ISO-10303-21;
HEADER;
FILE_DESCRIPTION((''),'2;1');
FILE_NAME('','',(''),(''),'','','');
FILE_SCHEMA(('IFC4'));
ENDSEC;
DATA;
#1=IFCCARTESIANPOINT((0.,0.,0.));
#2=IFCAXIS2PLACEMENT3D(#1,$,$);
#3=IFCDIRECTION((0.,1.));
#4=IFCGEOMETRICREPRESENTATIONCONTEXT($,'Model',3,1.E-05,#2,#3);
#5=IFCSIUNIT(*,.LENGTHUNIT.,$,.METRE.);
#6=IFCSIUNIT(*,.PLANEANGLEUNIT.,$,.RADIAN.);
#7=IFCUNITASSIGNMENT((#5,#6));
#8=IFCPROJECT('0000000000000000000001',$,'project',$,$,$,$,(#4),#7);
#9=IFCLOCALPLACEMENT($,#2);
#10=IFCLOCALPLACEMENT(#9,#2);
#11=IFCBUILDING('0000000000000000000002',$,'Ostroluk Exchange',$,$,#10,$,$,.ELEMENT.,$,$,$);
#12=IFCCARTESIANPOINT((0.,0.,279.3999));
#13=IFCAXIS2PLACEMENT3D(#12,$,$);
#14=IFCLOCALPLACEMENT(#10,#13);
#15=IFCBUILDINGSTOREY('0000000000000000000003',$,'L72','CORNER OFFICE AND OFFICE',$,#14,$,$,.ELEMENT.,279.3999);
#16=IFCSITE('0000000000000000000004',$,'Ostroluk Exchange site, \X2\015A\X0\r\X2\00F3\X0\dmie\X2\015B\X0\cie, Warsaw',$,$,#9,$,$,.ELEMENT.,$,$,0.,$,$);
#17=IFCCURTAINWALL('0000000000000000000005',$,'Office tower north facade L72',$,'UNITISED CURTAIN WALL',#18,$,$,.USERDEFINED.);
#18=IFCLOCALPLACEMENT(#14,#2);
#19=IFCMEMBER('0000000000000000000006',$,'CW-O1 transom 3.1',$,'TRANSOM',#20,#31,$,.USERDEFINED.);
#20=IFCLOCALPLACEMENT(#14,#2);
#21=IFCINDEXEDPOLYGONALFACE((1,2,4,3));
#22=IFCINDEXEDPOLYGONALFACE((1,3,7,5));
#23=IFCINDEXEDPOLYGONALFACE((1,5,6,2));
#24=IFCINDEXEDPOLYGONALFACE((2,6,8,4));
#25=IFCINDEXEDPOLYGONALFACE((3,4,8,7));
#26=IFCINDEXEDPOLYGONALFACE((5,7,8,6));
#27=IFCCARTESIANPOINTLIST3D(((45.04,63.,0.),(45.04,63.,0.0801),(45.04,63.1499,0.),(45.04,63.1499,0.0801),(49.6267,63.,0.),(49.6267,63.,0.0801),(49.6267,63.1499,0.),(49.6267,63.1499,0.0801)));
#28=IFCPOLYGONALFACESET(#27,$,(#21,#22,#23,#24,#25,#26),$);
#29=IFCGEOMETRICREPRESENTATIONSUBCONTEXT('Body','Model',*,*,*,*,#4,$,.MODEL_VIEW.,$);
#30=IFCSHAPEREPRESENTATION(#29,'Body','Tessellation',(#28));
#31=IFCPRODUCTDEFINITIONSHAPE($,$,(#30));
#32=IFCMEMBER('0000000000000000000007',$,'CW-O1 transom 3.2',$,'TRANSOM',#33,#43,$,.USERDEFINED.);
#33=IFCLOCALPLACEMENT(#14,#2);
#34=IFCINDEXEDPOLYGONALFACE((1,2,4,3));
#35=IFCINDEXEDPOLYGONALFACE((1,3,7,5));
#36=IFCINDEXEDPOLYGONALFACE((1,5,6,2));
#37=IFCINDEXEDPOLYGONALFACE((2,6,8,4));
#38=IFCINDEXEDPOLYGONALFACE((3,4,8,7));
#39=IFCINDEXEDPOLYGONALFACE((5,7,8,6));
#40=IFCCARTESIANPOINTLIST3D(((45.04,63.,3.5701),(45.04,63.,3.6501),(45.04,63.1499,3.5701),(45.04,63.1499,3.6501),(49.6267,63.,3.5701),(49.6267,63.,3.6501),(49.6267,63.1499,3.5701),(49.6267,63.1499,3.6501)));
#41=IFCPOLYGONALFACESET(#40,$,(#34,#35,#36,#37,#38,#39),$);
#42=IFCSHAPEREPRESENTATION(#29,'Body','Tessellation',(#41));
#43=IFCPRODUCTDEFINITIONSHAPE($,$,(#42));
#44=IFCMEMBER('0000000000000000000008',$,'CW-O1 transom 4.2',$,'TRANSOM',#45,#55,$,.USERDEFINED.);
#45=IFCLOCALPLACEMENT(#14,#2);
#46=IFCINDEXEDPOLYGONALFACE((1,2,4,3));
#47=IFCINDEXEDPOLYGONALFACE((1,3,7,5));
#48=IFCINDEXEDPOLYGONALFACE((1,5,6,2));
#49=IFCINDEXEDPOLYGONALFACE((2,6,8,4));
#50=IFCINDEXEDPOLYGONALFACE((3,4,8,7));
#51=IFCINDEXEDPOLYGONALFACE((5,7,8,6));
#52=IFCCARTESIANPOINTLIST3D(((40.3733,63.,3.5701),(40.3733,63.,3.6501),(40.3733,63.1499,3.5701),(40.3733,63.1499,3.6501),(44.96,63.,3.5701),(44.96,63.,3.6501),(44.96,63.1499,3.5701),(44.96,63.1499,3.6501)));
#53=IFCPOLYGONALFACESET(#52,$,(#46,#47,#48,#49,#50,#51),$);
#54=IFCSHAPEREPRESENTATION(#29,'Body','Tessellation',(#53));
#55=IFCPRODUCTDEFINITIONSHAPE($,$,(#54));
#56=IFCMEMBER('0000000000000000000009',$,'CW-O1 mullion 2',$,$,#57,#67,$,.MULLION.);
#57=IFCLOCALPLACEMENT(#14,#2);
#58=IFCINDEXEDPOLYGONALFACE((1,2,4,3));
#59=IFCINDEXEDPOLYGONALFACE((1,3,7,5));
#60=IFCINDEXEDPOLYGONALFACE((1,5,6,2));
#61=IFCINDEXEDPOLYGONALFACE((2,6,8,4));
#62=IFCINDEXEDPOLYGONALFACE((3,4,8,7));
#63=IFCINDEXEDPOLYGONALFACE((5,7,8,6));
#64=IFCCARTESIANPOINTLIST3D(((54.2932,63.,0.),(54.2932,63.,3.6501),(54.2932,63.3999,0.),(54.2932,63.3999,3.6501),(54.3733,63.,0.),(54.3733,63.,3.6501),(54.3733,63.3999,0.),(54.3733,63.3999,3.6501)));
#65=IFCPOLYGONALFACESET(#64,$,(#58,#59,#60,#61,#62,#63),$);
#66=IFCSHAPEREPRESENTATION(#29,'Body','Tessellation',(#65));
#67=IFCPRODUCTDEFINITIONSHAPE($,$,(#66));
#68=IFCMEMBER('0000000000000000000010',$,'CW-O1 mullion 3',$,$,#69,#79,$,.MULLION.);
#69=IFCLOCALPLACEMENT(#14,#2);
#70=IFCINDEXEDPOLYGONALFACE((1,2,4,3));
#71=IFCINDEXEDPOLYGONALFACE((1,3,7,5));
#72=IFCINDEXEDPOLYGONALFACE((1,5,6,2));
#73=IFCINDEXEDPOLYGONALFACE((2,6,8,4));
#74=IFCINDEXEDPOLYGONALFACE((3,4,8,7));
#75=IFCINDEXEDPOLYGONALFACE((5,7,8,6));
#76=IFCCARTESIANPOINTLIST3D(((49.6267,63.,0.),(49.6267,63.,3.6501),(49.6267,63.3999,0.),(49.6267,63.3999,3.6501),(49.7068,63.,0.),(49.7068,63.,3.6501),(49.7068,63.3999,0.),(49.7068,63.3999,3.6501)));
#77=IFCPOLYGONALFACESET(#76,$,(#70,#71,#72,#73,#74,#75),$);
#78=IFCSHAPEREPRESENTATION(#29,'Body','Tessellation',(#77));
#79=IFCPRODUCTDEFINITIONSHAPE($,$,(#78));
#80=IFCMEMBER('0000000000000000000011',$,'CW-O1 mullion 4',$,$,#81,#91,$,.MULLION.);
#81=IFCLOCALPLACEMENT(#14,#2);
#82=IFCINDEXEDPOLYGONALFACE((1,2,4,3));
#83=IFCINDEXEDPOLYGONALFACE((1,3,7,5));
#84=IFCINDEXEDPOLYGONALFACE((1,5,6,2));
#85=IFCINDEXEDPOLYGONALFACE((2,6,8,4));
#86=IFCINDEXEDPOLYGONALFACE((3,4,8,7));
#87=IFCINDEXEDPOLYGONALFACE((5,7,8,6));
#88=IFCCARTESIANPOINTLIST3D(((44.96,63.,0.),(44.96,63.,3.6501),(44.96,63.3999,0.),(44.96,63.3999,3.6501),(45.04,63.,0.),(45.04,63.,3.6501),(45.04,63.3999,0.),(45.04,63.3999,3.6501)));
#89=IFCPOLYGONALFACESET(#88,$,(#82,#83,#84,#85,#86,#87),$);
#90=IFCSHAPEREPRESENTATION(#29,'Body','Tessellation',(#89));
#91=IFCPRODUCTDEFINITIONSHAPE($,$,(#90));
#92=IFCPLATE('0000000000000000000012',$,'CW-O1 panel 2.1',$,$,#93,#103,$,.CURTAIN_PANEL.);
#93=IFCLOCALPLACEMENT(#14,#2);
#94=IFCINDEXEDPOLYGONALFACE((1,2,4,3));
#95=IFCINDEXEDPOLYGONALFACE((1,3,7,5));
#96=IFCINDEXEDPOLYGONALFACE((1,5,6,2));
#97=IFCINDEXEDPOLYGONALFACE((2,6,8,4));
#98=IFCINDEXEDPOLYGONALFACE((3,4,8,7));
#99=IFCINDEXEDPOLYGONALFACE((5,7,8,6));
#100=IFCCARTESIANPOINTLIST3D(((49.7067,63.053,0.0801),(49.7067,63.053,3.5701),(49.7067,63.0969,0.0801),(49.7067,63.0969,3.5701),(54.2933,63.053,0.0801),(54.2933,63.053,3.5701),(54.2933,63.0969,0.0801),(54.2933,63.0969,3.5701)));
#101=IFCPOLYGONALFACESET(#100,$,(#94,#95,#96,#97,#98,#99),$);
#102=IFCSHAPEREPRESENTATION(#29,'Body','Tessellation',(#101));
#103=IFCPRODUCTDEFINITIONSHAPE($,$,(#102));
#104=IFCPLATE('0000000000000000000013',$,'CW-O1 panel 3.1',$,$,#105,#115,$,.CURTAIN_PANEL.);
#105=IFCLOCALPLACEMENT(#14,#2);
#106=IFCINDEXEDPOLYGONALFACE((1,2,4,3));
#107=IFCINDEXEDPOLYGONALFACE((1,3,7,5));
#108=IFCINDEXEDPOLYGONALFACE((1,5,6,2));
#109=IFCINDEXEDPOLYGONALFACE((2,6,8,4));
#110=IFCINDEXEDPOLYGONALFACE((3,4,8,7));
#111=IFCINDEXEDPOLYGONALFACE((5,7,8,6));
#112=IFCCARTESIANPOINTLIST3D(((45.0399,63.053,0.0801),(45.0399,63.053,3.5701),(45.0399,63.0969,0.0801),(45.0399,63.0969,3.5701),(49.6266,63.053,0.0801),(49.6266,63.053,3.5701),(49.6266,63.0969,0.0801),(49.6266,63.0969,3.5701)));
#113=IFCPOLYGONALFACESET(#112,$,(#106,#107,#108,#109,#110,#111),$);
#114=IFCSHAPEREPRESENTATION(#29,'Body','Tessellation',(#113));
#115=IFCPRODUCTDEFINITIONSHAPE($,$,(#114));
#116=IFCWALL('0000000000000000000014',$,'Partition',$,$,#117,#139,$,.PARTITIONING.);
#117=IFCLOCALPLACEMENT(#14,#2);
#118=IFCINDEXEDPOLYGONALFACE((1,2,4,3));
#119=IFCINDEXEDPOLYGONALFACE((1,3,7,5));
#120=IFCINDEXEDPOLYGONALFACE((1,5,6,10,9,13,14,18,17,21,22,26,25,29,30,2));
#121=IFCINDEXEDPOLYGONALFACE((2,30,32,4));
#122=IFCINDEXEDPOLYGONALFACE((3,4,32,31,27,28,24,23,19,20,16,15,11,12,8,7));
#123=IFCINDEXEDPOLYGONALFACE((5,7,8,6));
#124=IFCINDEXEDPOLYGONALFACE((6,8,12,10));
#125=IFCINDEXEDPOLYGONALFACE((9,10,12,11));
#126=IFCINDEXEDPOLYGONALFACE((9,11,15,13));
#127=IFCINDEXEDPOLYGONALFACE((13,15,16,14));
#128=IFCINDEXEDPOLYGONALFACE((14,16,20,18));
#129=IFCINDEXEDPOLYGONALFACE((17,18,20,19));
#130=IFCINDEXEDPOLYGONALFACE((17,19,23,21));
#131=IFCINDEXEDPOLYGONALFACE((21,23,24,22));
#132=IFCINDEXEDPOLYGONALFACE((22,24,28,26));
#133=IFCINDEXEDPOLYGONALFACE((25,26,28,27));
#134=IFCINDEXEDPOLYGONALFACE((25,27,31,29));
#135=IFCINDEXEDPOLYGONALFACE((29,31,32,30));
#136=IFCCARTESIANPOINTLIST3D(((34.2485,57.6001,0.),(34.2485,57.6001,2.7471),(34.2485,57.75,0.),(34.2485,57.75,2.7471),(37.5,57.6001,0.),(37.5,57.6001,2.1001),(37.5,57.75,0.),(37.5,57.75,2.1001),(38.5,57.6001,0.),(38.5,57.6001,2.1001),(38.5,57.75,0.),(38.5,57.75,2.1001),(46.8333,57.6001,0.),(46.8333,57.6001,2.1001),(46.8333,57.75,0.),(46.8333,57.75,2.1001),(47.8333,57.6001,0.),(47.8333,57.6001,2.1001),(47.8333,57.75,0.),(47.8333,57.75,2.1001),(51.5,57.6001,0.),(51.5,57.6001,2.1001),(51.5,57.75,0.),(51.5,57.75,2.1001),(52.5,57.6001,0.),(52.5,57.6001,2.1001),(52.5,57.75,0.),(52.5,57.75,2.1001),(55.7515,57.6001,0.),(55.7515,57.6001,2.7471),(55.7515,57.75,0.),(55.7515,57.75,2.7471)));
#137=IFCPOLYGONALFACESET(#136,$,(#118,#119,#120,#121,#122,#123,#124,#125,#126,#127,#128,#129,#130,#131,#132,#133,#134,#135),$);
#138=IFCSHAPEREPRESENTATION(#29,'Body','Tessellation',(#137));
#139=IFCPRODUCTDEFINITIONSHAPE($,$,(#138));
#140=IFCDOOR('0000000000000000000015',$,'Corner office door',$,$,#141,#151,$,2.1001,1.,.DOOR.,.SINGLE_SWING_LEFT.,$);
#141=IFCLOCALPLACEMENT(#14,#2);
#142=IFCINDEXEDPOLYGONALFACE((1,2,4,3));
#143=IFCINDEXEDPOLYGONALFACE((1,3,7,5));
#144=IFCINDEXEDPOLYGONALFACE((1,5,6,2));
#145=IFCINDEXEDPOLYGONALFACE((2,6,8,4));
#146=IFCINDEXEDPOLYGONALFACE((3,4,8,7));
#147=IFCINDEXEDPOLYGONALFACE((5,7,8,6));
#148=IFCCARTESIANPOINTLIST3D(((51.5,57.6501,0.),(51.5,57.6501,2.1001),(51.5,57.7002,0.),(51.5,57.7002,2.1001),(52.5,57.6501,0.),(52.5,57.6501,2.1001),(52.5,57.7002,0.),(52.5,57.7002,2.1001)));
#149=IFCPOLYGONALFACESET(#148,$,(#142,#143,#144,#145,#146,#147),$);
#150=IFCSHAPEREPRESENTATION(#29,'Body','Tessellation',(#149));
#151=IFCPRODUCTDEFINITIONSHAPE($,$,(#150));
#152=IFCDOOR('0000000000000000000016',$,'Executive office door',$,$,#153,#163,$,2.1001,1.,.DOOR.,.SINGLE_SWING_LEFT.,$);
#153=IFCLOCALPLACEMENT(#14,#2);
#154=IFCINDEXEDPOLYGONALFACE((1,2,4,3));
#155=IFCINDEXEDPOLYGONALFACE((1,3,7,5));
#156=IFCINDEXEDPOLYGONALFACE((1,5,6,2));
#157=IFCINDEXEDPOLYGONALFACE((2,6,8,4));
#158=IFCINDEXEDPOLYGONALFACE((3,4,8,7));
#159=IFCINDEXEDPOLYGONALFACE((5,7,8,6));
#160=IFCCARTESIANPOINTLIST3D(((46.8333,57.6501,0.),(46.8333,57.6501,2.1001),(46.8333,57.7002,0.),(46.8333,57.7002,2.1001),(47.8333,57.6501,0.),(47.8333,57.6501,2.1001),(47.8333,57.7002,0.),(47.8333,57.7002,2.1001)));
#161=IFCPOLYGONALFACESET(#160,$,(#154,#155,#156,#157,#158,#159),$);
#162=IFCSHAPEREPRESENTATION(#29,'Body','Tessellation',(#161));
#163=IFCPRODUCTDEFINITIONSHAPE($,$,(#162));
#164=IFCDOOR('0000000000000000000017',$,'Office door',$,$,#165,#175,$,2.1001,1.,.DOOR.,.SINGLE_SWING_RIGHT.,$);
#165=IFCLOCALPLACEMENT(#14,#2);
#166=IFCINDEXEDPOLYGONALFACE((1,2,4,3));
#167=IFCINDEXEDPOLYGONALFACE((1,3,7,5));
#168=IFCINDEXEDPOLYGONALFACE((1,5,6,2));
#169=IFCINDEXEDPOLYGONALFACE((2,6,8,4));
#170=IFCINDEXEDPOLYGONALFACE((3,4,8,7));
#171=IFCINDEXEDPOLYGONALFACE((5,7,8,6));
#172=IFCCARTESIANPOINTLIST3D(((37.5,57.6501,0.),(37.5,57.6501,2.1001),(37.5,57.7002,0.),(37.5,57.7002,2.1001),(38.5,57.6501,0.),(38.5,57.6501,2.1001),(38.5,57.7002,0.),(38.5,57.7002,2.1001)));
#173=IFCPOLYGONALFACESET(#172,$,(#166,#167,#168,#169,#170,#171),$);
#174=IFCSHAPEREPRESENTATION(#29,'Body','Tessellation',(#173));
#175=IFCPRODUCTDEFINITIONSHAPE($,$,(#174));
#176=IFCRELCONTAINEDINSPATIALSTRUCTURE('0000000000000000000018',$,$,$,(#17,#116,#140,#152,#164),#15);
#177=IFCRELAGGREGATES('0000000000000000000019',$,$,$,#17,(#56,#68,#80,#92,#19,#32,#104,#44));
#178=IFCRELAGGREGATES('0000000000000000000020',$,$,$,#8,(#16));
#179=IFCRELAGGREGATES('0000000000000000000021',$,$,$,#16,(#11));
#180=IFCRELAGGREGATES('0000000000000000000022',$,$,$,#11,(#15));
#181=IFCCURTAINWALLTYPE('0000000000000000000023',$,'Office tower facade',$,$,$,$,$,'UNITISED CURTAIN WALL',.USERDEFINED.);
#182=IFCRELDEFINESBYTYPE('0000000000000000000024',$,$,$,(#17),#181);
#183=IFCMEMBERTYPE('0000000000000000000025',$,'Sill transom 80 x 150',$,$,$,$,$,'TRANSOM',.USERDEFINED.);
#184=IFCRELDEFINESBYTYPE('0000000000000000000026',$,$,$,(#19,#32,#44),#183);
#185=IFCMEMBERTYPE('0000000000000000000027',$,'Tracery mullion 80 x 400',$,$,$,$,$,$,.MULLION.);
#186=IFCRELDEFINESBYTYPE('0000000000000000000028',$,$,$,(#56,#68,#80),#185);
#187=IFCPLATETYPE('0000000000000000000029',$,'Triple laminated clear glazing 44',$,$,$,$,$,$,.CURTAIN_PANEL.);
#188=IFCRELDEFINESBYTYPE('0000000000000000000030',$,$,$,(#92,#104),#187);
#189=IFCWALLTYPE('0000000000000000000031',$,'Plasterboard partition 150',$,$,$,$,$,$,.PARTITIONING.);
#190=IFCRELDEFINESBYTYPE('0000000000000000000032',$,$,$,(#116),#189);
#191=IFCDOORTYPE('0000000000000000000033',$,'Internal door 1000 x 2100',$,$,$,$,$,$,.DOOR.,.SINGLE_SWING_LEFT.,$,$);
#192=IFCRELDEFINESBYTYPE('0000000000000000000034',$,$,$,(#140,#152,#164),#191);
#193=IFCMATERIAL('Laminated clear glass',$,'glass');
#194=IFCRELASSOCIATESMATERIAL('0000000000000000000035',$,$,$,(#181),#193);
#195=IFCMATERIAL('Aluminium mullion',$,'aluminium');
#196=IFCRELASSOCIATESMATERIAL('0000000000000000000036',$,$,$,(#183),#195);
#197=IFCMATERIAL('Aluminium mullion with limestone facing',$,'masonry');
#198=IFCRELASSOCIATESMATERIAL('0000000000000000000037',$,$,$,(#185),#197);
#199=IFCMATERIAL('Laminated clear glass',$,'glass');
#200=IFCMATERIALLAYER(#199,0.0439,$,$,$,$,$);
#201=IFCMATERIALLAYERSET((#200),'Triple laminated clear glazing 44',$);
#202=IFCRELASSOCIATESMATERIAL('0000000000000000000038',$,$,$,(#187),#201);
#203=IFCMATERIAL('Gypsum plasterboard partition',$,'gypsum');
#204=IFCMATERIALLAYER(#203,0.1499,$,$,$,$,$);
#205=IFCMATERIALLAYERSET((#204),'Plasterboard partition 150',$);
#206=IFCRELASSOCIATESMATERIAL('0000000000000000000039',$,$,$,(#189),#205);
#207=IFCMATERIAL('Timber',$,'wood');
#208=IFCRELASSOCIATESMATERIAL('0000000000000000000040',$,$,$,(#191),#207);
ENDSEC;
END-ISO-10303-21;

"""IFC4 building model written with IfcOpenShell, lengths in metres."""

from ifc_helpers import new_model, si_unit, direction, frame, frame_2d, origin, origin_2d, place, context, subcontext, project, spatial, rectangle, extrude, material, layer, layer_set, material_profile, profile_set, type_object, element, fill, aggregate, save


model = new_model("IFC4")

# Units and contexts
model_context = context("Model", 3, precision=1e-05, world=origin(), true_north=direction((0.0, 1.0)))
body_context = subcontext(model_context, "Body", "Model", "MODEL_VIEW")
ifc_project = project(units=[si_unit("LENGTHUNIT", "METRE"), si_unit("PLANEANGLEUNIT", "RADIAN")], contexts=[model_context])

# Site, building, storey
site_placement = place(None, origin())
site = spatial("IfcSite", under=ifc_project, at=site_placement, Name="Ostroluk Exchange site, Śródmieście, Warsaw", CompositionType="ELEMENT", RefElevation=0.0)
building_placement = place(site_placement, origin())
building = spatial("IfcBuilding", under=site, at=building_placement, Name="Ostroluk Exchange", CompositionType="ELEMENT")
storey_placement = place(building_placement, frame((0.0, 0.0, 279.3999)))
storey = spatial("IfcBuildingStorey", under=building, at=storey_placement, Name="L72", Description="CORNER OFFICE AND OFFICE", CompositionType="ELEMENT", Elevation=279.3999)

# Curtain wall, members, plates
ifc_material_1 = material(Name="Laminated clear glass", Category="glass")
curtain_wall_type = type_object("IfcCurtainWallType", Name="Office tower facade", ElementType="UNITISED CURTAIN WALL", PredefinedType="USERDEFINED", material=ifc_material_1)
curtain_wall_placement = place(storey_placement, origin())
curtain_wall = element("IfcCurtainWall", 1, at=curtain_wall_placement, inside=storey, type_object=curtain_wall_type, Name="Office tower north facade L72", ObjectType="UNITISED CURTAIN WALL", PredefinedType="USERDEFINED")
ifc_material_2 = material(Name="Aluminium mullion", Category="aluminium")
ifc_material_profile_1 = material_profile(ifc_material_2, rectangle(XDim=0.1499, YDim=0.0801, at=origin_2d()), Name="Sill transom 80 x 150")
ifc_profile_set_1 = profile_set([ifc_material_profile_1], Name="Aluminium mullion")
member_type_1 = type_object("IfcMemberType", Name="Sill transom 80 x 150", ElementType="TRANSOM", PredefinedType="USERDEFINED", material=ifc_profile_set_1)
member_1_placement = place(storey_placement, frame((49.6267, 63.075, 0.04), z_axis=(-1.0, 0.0, 0.0), x_axis=(0.0, -1.0, 0.0)))
member_1 = element("IfcMember", 2, at=member_1_placement, type_object=member_type_1, Name="CW-O1 transom 3.1", ObjectType="TRANSOM", PredefinedType="USERDEFINED", context=body_context, shape_type="SweptSolid", body=[
    extrude(rectangle(XDim=0.1499, YDim=0.0801, at=origin_2d()), origin(), (0.0, 0.0, 1.0), 4.5867),
])
member_2_placement = place(storey_placement, frame((49.6267, 63.075, 3.6101), z_axis=(-1.0, 0.0, 0.0), x_axis=(0.0, -1.0, 0.0)))
member_2 = element("IfcMember", 3, at=member_2_placement, type_object=member_type_1, Name="CW-O1 transom 3.2", ObjectType="TRANSOM", PredefinedType="USERDEFINED", context=body_context, shape_type="SweptSolid", body=[
    extrude(rectangle(XDim=0.1499, YDim=0.0801, at=origin_2d()), origin(), (0.0, 0.0, 1.0), 4.5867),
])
member_3_placement = place(storey_placement, frame((44.96, 63.075, 3.6101), z_axis=(-1.0, 0.0, 0.0), x_axis=(0.0, -1.0, 0.0)))
member_3 = element("IfcMember", 4, at=member_3_placement, type_object=member_type_1, Name="CW-O1 transom 4.2", ObjectType="TRANSOM", PredefinedType="USERDEFINED", context=body_context, shape_type="SweptSolid", body=[
    extrude(rectangle(XDim=0.1499, YDim=0.0801, at=origin_2d()), origin(), (0.0, 0.0, 1.0), 4.5867),
])
ifc_material_3 = material(Name="Aluminium mullion with limestone facing", Category="masonry")
ifc_material_profile_2 = material_profile(ifc_material_3, rectangle(XDim=0.3999, YDim=0.0801, at=origin_2d()), Name="Tracery mullion 80 x 400")
ifc_profile_set_2 = profile_set([ifc_material_profile_2], Name="Aluminium mullion with limestone facing")
member_type_2 = type_object("IfcMemberType", Name="Tracery mullion 80 x 400", PredefinedType="MULLION", material=ifc_profile_set_2)
member_4_placement = place(storey_placement, frame((54.3333, 63.2, 0.0), z_axis=(0.0, 0.0, 1.0), x_axis=(0.0, -1.0, 0.0)))
member_4 = element("IfcMember", 5, at=member_4_placement, type_object=member_type_2, Name="CW-O1 mullion 2", PredefinedType="MULLION", context=body_context, shape_type="SweptSolid", body=[
    extrude(rectangle(XDim=0.3999, YDim=0.0801, at=origin_2d()), origin(), (0.0, 0.0, 1.0), 3.6501),
])
member_5_placement = place(storey_placement, frame((49.6667, 63.2, 0.0), z_axis=(0.0, 0.0, 1.0), x_axis=(0.0, -1.0, 0.0)))
member_5 = element("IfcMember", 6, at=member_5_placement, type_object=member_type_2, Name="CW-O1 mullion 3", PredefinedType="MULLION", context=body_context, shape_type="SweptSolid", body=[
    extrude(rectangle(XDim=0.3999, YDim=0.0801, at=origin_2d()), origin(), (0.0, 0.0, 1.0), 3.6501),
])
member_6_placement = place(storey_placement, frame((45.0, 63.2, 0.0), z_axis=(0.0, 0.0, 1.0), x_axis=(0.0, -1.0, 0.0)))
member_6 = element("IfcMember", 7, at=member_6_placement, type_object=member_type_2, Name="CW-O1 mullion 4", PredefinedType="MULLION", context=body_context, shape_type="SweptSolid", body=[
    extrude(rectangle(XDim=0.3999, YDim=0.0801, at=origin_2d()), origin(), (0.0, 0.0, 1.0), 3.6501),
])
ifc_material_4 = material(Name="Laminated clear glass", Category="glass")
ifc_layer_1 = layer(ifc_material_4, 0.0439)
ifc_layer_set_1 = layer_set([ifc_layer_1], Name="Triple laminated clear glazing 44")
plate_type = type_object("IfcPlateType", Name="Triple laminated clear glazing 44", PredefinedType="CURTAIN_PANEL", material=ifc_layer_set_1)
plate_1_placement = place(storey_placement, frame((52.0, 63.075, 0.0801), z_axis=(0.0, 0.0, 1.0), x_axis=(-1.0, 0.0, 0.0)))
plate_1 = element("IfcPlate", 8, at=plate_1_placement, type_object=plate_type, Name="CW-O1 panel 2.1", PredefinedType="CURTAIN_PANEL", context=body_context, shape_type="SweptSolid", body=[
    extrude(rectangle(XDim=4.5867, YDim=0.0439, at=origin_2d()), origin(), (0.0, 0.0, 1.0), 3.49),
])
plate_2_placement = place(storey_placement, frame((47.3333, 63.075, 0.0801), z_axis=(0.0, 0.0, 1.0), x_axis=(-1.0, 0.0, 0.0)))
plate_2 = element("IfcPlate", 9, at=plate_2_placement, type_object=plate_type, Name="CW-O1 panel 3.1", PredefinedType="CURTAIN_PANEL", context=body_context, shape_type="SweptSolid", body=[
    extrude(rectangle(XDim=4.5867, YDim=0.0439, at=origin_2d()), origin(), (0.0, 0.0, 1.0), 3.49),
])
aggregate(curtain_wall, [member_4, member_5, member_6, plate_1, member_1, member_2, plate_2, member_3])

# Wall, openings, doors
ifc_material_5 = material(Name="Gypsum plasterboard partition", Category="gypsum")
ifc_layer_2 = layer(ifc_material_5, 0.1499)
ifc_layer_set_2 = layer_set([ifc_layer_2], Name="Plasterboard partition 150")
wall_type = type_object("IfcWallType", Name="Plasterboard partition 150", PredefinedType="PARTITIONING", material=ifc_layer_set_2)
wall_1_placement = place(storey_placement, frame((55.7515, 57.675, 0.0), z_axis=(0.0, 0.0, 1.0), x_axis=(-1.0, 0.0, 0.0)))
wall_1 = element("IfcWall", 10, at=wall_1_placement, inside=storey, type_object=wall_type, Name="Partition", PredefinedType="PARTITIONING", context=body_context, shape_type="SweptSolid", body=[
    extrude(rectangle(XDim=21.5029, YDim=0.1499, at=frame_2d((10.7515, 0.0))), origin(), (0.0, 0.0, 1.0), 2.7471),
])
opening_1_placement = place(wall_1_placement, frame((3.2515, 0.0, 0.0)))
opening_1 = element("IfcOpeningElement", 11, at=opening_1_placement, cuts=wall_1, PredefinedType="OPENING", context=body_context, shape_type="SweptSolid", body=[
    extrude(rectangle(XDim=1.0, YDim=2.1001, at=frame_2d((0.5, 1.05))), frame((0.0, 0.085, 0.0), z_axis=(0.0, -1.0, 0.0), x_axis=(1.0, 0.0, 0.0)), (0.0, 0.0, 1.0), 0.1699),
])
opening_2_placement = place(wall_1_placement, frame((7.9182, 0.0, 0.0)))
opening_2 = element("IfcOpeningElement", 12, at=opening_2_placement, cuts=wall_1, PredefinedType="OPENING", context=body_context, shape_type="SweptSolid", body=[
    extrude(rectangle(XDim=1.0, YDim=2.1001, at=frame_2d((0.5, 1.05))), frame((0.0, 0.085, 0.0), z_axis=(0.0, -1.0, 0.0), x_axis=(1.0, 0.0, 0.0)), (0.0, 0.0, 1.0), 0.1699),
])
opening_3_placement = place(wall_1_placement, frame((17.2515, 0.0, 0.0)))
opening_3 = element("IfcOpeningElement", 13, at=opening_3_placement, cuts=wall_1, PredefinedType="OPENING", context=body_context, shape_type="SweptSolid", body=[
    extrude(rectangle(XDim=1.0, YDim=2.1001, at=frame_2d((0.5, 1.05))), frame((0.0, 0.085, 0.0), z_axis=(0.0, -1.0, 0.0), x_axis=(1.0, 0.0, 0.0)), (0.0, 0.0, 1.0), 0.1699),
])
ifc_material_6 = material(Name="Timber", Category="wood")
door_type = type_object("IfcDoorType", Name="Internal door 1000 x 2100", OperationType="SINGLE_SWING_LEFT", PredefinedType="DOOR", material=ifc_material_6)
door_1_placement = place(opening_1_placement, origin())
door_1 = element("IfcDoor", 14, at=door_1_placement, inside=storey, type_object=door_type, Name="Corner office door", OperationType="SINGLE_SWING_LEFT", OverallHeight=2.1001, OverallWidth=1.0, PredefinedType="DOOR", context=body_context, shape_type="SweptSolid", body=[
    extrude(rectangle(XDim=1.0, YDim=2.1001, at=frame_2d((0.5, 1.05))), frame((0.0, 0.0249, 0.0), z_axis=(0.0, -1.0, 0.0), x_axis=(1.0, 0.0, 0.0)), (0.0, 0.0, 1.0), 0.05),
])
fill(opening_1, door_1)
door_2_placement = place(opening_2_placement, origin())
door_2 = element("IfcDoor", 15, at=door_2_placement, inside=storey, type_object=door_type, Name="Executive office door", OperationType="SINGLE_SWING_LEFT", OverallHeight=2.1001, OverallWidth=1.0, PredefinedType="DOOR", context=body_context, shape_type="SweptSolid", body=[
    extrude(rectangle(XDim=1.0, YDim=2.1001, at=frame_2d((0.5, 1.05))), frame((0.0, 0.0249, 0.0), z_axis=(0.0, -1.0, 0.0), x_axis=(1.0, 0.0, 0.0)), (0.0, 0.0, 1.0), 0.05),
])
fill(opening_2, door_2)
door_3_placement = place(opening_3_placement, origin())
door_3 = element("IfcDoor", 16, at=door_3_placement, inside=storey, type_object=door_type, Name="Office door", OperationType="SINGLE_SWING_RIGHT", OverallHeight=2.1001, OverallWidth=1.0, PredefinedType="DOOR", context=body_context, shape_type="SweptSolid", body=[
    extrude(rectangle(XDim=1.0, YDim=2.1001, at=frame_2d((0.5, 1.05))), frame((0.0, 0.0249, 0.0), z_axis=(0.0, -1.0, 0.0), x_axis=(1.0, 0.0, 0.0)), (0.0, 0.0, 1.0), 0.05),
])
fill(opening_3, door_3)

save(model, "model.ifc")
